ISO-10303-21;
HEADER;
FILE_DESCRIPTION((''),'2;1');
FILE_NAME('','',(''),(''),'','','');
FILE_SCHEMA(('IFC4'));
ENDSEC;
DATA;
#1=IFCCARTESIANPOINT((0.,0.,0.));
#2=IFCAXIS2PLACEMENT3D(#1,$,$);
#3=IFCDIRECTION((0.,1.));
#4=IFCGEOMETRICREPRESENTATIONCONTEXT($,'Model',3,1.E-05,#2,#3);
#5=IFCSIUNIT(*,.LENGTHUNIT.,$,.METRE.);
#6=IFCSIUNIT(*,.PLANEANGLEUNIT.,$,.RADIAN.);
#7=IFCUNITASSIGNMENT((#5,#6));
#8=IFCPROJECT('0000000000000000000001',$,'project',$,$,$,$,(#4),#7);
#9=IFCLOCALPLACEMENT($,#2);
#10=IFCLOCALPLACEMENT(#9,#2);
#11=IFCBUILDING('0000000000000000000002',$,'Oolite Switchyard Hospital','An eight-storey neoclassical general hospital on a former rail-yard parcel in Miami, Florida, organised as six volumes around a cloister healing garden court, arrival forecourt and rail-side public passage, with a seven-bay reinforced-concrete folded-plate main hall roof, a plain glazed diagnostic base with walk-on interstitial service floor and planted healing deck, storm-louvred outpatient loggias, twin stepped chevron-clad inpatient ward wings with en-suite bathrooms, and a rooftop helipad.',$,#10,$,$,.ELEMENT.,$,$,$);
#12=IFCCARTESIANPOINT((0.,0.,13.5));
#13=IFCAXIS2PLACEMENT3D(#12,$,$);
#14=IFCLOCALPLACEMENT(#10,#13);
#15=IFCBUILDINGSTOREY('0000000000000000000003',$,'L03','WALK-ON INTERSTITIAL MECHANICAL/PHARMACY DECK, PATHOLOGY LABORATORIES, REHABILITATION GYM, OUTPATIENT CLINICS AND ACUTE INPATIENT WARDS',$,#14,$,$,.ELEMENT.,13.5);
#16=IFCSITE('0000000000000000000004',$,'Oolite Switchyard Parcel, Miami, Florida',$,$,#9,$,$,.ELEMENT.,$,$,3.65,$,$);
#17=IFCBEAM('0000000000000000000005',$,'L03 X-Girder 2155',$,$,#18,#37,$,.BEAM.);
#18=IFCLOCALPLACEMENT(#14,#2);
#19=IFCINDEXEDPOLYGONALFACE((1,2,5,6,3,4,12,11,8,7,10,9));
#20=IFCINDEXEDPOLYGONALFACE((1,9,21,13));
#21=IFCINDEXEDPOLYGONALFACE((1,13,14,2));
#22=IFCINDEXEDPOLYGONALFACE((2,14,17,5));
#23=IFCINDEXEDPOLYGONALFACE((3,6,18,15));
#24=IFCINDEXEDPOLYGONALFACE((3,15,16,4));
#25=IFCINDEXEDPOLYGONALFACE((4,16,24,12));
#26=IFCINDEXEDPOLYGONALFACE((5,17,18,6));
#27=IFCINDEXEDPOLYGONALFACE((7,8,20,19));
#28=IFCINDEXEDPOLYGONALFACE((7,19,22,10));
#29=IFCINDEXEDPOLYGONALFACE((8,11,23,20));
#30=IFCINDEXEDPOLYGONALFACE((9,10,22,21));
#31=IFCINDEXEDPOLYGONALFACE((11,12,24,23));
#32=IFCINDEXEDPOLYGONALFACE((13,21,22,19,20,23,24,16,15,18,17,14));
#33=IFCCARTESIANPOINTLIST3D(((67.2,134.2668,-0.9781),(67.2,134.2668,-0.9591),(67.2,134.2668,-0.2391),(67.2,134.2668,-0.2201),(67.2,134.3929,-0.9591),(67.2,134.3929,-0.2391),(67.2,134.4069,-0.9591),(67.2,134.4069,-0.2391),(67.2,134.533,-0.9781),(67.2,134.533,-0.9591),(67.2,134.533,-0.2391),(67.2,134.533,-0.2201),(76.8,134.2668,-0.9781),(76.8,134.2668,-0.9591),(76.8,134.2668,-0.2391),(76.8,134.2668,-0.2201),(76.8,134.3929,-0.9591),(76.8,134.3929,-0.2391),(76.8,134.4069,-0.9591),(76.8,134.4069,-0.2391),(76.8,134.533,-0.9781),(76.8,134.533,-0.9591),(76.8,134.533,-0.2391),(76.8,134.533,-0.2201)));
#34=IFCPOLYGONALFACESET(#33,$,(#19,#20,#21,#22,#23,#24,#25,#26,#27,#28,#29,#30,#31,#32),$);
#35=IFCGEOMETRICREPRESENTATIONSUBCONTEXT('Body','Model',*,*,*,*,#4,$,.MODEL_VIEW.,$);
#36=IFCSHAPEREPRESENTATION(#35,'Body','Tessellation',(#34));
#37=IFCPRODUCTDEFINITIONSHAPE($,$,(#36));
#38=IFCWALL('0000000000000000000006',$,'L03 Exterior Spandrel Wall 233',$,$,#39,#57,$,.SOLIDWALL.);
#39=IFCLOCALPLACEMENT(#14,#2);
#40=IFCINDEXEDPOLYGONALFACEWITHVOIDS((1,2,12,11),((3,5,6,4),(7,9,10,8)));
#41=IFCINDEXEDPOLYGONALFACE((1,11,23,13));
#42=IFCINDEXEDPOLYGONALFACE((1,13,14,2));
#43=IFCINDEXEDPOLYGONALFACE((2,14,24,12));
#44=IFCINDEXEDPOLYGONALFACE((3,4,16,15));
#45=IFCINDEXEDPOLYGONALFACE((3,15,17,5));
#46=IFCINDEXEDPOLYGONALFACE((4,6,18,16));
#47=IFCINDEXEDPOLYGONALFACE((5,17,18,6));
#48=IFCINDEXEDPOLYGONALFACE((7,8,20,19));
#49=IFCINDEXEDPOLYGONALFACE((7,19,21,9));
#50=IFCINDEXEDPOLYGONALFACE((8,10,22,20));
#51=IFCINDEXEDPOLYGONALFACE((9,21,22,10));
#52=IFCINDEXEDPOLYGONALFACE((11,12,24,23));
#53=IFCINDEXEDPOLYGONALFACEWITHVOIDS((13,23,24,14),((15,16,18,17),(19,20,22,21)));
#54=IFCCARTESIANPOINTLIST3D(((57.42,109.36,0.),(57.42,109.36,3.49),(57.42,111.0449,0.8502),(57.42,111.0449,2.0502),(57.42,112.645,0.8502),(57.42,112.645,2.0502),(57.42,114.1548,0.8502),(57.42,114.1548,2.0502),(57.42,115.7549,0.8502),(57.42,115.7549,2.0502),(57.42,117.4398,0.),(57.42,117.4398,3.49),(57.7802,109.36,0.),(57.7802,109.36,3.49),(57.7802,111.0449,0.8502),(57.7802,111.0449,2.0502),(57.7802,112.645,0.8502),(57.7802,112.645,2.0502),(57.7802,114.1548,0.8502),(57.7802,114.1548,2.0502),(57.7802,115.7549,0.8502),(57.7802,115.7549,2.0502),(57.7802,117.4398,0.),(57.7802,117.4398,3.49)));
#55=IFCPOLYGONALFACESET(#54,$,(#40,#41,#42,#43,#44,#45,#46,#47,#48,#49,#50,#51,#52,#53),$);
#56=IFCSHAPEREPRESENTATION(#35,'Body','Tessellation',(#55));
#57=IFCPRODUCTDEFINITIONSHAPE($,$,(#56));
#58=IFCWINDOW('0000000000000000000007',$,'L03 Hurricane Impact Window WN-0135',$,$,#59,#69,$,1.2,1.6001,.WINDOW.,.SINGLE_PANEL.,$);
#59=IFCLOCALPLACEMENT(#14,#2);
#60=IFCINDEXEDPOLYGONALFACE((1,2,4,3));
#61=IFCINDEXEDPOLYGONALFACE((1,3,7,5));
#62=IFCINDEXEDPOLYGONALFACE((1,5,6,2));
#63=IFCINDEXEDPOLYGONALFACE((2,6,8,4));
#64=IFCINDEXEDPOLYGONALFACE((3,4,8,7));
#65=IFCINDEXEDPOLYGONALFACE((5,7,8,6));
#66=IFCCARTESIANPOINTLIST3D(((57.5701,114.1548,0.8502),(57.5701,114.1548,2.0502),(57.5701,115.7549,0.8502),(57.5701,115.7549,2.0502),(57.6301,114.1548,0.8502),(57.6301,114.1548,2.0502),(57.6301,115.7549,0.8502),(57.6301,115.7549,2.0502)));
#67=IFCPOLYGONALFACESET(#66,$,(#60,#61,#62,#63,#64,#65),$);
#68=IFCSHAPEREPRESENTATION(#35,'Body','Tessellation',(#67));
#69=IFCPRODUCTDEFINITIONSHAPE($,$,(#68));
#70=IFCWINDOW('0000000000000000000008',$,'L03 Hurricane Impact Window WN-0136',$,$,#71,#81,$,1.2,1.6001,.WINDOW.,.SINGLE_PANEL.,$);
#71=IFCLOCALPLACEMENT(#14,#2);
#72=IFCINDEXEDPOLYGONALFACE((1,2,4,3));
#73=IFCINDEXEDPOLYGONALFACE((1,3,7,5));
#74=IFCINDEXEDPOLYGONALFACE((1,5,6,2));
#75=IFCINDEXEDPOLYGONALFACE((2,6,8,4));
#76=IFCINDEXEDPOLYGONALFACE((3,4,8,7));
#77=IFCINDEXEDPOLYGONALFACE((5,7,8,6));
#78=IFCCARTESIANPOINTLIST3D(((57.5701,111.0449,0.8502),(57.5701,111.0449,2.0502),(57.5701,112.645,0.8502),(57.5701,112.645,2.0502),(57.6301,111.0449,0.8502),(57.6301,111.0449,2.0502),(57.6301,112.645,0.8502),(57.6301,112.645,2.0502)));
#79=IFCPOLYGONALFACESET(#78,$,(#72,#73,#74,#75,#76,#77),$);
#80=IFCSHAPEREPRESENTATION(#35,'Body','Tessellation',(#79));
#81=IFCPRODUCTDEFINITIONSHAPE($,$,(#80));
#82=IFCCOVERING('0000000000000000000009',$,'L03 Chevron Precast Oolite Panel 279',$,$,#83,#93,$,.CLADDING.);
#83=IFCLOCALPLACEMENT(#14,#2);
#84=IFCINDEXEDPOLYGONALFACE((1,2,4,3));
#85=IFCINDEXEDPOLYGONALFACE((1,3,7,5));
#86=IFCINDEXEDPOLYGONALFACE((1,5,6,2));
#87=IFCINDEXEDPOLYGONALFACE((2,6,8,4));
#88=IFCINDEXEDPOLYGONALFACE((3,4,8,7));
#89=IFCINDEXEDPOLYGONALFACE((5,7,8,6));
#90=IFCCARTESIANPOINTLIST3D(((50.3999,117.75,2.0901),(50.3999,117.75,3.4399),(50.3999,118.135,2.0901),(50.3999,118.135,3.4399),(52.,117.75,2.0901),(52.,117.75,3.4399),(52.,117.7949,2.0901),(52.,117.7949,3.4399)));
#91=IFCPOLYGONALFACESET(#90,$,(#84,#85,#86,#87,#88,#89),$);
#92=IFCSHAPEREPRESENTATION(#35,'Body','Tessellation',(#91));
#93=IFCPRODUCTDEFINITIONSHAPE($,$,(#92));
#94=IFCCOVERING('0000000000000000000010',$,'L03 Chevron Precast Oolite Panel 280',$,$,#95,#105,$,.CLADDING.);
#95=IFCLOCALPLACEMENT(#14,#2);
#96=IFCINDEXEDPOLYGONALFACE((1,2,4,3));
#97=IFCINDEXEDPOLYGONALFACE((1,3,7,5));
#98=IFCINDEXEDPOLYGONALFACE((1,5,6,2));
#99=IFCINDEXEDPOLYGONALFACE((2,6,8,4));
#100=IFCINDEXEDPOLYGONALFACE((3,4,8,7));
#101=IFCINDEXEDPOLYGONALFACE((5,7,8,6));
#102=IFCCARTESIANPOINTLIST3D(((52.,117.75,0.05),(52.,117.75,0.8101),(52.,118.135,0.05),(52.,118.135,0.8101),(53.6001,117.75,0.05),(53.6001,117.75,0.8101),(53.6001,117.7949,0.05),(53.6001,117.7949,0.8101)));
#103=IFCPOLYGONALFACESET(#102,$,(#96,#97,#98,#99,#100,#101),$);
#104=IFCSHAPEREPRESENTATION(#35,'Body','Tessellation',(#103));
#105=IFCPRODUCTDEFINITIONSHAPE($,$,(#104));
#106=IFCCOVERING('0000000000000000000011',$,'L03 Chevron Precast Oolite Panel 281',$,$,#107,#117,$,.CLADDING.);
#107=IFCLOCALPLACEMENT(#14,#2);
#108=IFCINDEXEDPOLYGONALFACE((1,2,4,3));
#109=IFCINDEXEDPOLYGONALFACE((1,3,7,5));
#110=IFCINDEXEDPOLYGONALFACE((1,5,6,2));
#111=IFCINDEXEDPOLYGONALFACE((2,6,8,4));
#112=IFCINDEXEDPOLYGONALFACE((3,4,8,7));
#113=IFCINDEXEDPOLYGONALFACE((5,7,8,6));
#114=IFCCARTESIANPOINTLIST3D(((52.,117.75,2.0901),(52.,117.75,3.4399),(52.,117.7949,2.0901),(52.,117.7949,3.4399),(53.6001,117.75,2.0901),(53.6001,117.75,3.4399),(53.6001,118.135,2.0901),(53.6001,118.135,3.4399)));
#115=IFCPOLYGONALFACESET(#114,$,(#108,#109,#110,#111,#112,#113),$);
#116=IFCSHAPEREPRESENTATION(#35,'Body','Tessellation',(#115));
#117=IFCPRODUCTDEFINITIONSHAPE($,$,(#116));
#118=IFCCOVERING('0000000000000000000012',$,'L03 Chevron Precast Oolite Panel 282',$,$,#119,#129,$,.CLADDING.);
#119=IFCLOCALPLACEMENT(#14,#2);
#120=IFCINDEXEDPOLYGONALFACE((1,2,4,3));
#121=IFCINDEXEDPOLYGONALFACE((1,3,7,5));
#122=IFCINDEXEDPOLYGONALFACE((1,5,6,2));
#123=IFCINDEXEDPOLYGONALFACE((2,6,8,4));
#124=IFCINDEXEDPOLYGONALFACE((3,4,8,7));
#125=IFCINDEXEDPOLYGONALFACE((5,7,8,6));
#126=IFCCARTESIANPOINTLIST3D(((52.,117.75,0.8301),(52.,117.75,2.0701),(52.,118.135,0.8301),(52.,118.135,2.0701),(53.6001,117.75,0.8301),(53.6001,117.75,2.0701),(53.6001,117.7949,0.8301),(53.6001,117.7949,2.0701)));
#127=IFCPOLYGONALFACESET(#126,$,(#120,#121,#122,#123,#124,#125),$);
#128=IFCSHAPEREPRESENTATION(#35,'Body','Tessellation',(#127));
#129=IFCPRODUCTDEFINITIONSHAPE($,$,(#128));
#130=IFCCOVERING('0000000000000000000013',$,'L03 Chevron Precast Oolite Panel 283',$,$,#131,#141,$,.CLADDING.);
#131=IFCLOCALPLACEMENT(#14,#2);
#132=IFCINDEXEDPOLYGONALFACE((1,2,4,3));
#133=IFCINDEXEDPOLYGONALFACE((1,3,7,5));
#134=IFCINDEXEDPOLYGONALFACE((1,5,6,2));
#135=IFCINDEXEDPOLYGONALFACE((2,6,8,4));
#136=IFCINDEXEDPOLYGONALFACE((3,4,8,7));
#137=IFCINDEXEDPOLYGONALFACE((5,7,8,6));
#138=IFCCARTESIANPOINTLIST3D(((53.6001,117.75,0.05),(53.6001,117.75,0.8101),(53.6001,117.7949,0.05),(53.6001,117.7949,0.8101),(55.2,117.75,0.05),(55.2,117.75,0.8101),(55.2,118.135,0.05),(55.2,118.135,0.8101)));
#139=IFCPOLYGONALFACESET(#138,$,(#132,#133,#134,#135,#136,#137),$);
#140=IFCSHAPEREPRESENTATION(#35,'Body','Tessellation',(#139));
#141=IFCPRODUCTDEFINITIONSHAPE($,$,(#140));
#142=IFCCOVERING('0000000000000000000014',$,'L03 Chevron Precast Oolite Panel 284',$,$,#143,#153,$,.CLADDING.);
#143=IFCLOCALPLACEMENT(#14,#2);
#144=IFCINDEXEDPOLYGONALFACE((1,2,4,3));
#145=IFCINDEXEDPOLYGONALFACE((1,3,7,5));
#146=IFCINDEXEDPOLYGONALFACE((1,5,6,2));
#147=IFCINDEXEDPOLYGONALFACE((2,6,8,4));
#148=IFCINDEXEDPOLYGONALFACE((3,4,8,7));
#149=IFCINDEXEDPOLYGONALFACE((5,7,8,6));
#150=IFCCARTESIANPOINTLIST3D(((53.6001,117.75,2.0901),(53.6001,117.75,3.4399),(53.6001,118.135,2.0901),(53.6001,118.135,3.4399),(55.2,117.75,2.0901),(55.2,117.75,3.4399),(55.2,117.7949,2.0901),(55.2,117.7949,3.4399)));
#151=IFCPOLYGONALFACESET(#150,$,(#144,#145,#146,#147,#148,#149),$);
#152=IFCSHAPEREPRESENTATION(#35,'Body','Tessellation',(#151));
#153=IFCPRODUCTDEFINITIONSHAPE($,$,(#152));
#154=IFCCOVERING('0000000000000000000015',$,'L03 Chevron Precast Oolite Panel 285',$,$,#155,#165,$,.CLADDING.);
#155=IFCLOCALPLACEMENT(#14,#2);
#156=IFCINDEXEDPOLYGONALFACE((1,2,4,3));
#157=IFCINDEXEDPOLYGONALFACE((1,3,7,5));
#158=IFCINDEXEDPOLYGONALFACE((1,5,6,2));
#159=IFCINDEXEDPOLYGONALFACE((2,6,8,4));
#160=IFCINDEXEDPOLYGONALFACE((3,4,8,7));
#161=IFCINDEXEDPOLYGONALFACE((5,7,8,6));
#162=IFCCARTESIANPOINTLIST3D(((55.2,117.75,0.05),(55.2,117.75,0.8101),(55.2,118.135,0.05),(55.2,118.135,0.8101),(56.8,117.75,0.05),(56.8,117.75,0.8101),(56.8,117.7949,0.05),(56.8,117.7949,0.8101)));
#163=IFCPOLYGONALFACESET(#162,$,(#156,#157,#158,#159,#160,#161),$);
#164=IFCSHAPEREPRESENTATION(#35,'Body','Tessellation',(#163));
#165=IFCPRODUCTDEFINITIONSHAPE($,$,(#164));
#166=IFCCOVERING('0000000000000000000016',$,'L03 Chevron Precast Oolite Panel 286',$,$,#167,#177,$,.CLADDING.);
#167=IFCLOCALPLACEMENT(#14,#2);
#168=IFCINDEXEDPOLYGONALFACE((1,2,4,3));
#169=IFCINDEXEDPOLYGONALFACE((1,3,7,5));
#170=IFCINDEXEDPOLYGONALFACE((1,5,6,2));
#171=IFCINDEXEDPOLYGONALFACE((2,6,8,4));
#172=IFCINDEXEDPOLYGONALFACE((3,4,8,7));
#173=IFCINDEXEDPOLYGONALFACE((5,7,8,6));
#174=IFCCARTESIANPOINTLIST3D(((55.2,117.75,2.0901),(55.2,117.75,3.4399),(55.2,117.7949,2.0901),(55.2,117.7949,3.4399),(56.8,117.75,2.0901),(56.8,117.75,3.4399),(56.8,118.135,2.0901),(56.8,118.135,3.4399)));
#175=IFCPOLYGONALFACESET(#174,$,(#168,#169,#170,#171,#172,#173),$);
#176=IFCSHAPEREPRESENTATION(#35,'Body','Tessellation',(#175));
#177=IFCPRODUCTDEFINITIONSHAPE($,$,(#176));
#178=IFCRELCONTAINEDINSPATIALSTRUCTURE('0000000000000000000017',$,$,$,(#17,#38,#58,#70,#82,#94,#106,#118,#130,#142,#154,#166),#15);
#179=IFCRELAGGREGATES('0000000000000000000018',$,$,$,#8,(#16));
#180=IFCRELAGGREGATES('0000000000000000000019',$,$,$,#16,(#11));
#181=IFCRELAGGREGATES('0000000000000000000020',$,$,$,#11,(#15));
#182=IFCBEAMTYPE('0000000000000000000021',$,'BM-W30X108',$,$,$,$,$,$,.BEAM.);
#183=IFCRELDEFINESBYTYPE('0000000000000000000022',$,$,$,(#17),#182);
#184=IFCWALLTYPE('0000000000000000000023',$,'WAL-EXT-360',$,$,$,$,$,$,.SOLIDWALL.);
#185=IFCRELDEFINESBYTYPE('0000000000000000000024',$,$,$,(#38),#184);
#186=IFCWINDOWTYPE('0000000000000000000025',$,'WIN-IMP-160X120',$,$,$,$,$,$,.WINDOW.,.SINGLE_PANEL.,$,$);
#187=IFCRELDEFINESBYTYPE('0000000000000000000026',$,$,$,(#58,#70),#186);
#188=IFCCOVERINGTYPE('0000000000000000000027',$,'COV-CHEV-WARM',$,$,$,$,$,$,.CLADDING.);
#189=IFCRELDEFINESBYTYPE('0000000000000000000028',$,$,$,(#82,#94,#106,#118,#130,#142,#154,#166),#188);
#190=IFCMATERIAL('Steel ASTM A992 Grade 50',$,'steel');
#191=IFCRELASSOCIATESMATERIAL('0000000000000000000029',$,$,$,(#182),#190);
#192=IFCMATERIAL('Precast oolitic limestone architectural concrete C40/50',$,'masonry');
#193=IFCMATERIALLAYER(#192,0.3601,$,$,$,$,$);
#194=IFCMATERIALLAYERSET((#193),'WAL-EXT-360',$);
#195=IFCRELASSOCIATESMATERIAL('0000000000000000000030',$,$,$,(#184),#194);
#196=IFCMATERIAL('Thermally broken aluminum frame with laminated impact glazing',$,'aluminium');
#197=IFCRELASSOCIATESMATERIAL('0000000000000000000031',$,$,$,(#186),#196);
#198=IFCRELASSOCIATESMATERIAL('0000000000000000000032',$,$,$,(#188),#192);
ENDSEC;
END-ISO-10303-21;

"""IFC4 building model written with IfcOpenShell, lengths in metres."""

from ifc_helpers import new_model, si_unit, direction, frame, frame_2d, origin, origin_2d, place, context, subcontext, project, spatial, polyline, rectangle, i_section, outline, extrude, material, layer, layer_set, material_profile, profile_set, type_object, element, fill, save


model = new_model("IFC4")

# Units and contexts
model_context = context("Model", 3, precision=1e-05, world=origin(), true_north=direction((0.0, 1.0)))
body_context = subcontext(model_context, "Body", "Model", "MODEL_VIEW")
ifc_project = project(units=[si_unit("LENGTHUNIT", "METRE"), si_unit("PLANEANGLEUNIT", "RADIAN")], contexts=[model_context])

# Site, building, storey
site_placement = place(None, origin())
site = spatial("IfcSite", under=ifc_project, at=site_placement, Name="Oolite Switchyard Parcel, Miami, Florida", CompositionType="ELEMENT", RefElevation=3.65)
building_placement = place(site_placement, origin())
building = spatial("IfcBuilding", under=site, at=building_placement, Name="Oolite Switchyard Hospital", Description="An eight-storey neoclassical general hospital on a former rail-yard parcel in Miami, Florida, organised as six volumes around a cloister healing garden court, arrival forecourt and rail-side public passage, with a seven-bay reinforced-concrete folded-plate main hall roof, a plain glazed diagnostic base with walk-on interstitial service floor and planted healing deck, storm-louvred outpatient loggias, twin stepped chevron-clad inpatient ward wings with en-suite bathrooms, and a rooftop helipad.", CompositionType="ELEMENT")
storey_placement = place(building_placement, frame((0.0, 0.0, 13.5)))
storey = spatial("IfcBuildingStorey", under=building, at=storey_placement, Name="L03", Description="WALK-ON INTERSTITIAL MECHANICAL/PHARMACY DECK, PATHOLOGY LABORATORIES, REHABILITATION GYM, OUTPATIENT CLINICS AND ACUTE INPATIENT WARDS", CompositionType="ELEMENT", Elevation=13.5)

# Beam
ifc_material_1 = material(Name="Steel ASTM A992 Grade 50", Category="steel")
ifc_material_profile_1 = material_profile(ifc_material_1, i_section(OverallWidth=0.2661, OverallDepth=0.7581, WebThickness=0.0139, FlangeThickness=0.019, at=origin_2d()), Name="W30X108")
ifc_profile_set_1 = profile_set([ifc_material_profile_1], Name="Steel ASTM A992 Grade 50")
beam_type_1 = type_object("IfcBeamType", Name="BM-W30X108", PredefinedType="BEAM", material=ifc_profile_set_1)
beam_1_placement = place(storey_placement, frame((67.2, 134.3999, -0.5991), z_axis=(1.0, 0.0, 0.0), x_axis=(0.0, 1.0, 0.0)))
element("IfcBeam", 1, at=beam_1_placement, inside=storey, type_object=beam_type_1, Name="L03 X-Girder 2155", PredefinedType="BEAM", context=body_context, shape_type="SweptSolid", body=[
    extrude(i_section(OverallWidth=0.2661, OverallDepth=0.7581, WebThickness=0.0139, FlangeThickness=0.019, at=origin_2d()), origin(), (0.0, 0.0, 1.0), 9.6001),
])

# Wall, openings, windows
ifc_material_2 = material(Name="Precast oolitic limestone architectural concrete C40/50", Category="masonry")
ifc_layer = layer(ifc_material_2, 0.3601)
ifc_layer_set = layer_set([ifc_layer], Name="WAL-EXT-360")
wall_type = type_object("IfcWallType", Name="WAL-EXT-360", PredefinedType="SOLIDWALL", material=ifc_layer_set)
wall_placement = place(storey_placement, frame((57.6001, 117.4399, 0.0), z_axis=(0.0, 0.0, 1.0), x_axis=(0.0, -1.0, 0.0)))
wall = element("IfcWall", 2, at=wall_placement, inside=storey, type_object=wall_type, Name="L03 Exterior Spandrel Wall 233", PredefinedType="SOLIDWALL", context=body_context, shape_type="SweptSolid", body=[
    extrude(rectangle(XDim=8.0798, YDim=0.3601, at=frame_2d((4.04, 0.0))), origin(), (0.0, 0.0, 1.0), 3.49),
])
opening_1_placement = place(wall_placement, frame((1.6851, 0.0, 0.8501)))
opening_1 = element("IfcOpeningElement", 3, at=opening_1_placement, cuts=wall, PredefinedType="OPENING", context=body_context, shape_type="SweptSolid", body=[
    extrude(rectangle(XDim=1.6001, YDim=1.2, at=frame_2d((0.8, 0.6001))), frame((0.0, 0.1899, 0.0), z_axis=(0.0, -1.0, 0.0), x_axis=(1.0, 0.0, 0.0)), (0.0, 0.0, 1.0), 0.3801),
])
opening_2_placement = place(wall_placement, frame((4.7949, 0.0, 0.8501)))
opening_2 = element("IfcOpeningElement", 4, at=opening_2_placement, cuts=wall, PredefinedType="OPENING", context=body_context, shape_type="SweptSolid", body=[
    extrude(rectangle(XDim=1.6001, YDim=1.2, at=frame_2d((0.8, 0.6001))), frame((0.0, 0.1899, 0.0), z_axis=(0.0, -1.0, 0.0), x_axis=(1.0, 0.0, 0.0)), (0.0, 0.0, 1.0), 0.3801),
])
ifc_material_3 = material(Name="Thermally broken aluminum frame with laminated impact glazing", Category="aluminium")
window_type = type_object("IfcWindowType", Name="WIN-IMP-160X120", PartitioningType="SINGLE_PANEL", PredefinedType="WINDOW", material=ifc_material_3)
window_1_placement = place(opening_1_placement, origin())
window_1 = element("IfcWindow", 5, at=window_1_placement, inside=storey, type_object=window_type, Name="L03 Hurricane Impact Window WN-0135", OverallHeight=1.2, OverallWidth=1.6001, PartitioningType="SINGLE_PANEL", PredefinedType="WINDOW", context=body_context, shape_type="SweptSolid", body=[
    extrude(rectangle(XDim=1.6001, YDim=1.2, at=frame_2d((0.8, 0.6001))), frame((0.0, 0.03, 0.0), z_axis=(0.0, -1.0, 0.0), x_axis=(1.0, 0.0, 0.0)), (0.0, 0.0, 1.0), 0.0601),
])
fill(opening_1, window_1)
window_2_placement = place(opening_2_placement, origin())
window_2 = element("IfcWindow", 6, at=window_2_placement, inside=storey, type_object=window_type, Name="L03 Hurricane Impact Window WN-0136", OverallHeight=1.2, OverallWidth=1.6001, PartitioningType="SINGLE_PANEL", PredefinedType="WINDOW", context=body_context, shape_type="SweptSolid", body=[
    extrude(rectangle(XDim=1.6001, YDim=1.2, at=frame_2d((0.8, 0.6001))), frame((0.0, 0.03, 0.0), z_axis=(0.0, -1.0, 0.0), x_axis=(1.0, 0.0, 0.0)), (0.0, 0.0, 1.0), 0.0601),
])
fill(opening_2, window_2)

# Coverings
covering_type = type_object("IfcCoveringType", Name="COV-CHEV-WARM", PredefinedType="CLADDING", material=ifc_material_2)
covering_1_placement = place(storey_placement, frame((50.3999, 117.75, 2.0901), z_axis=(0.0, 0.0, 1.0), x_axis=(1.0, 0.0, 0.0)))
element("IfcCovering", 7, at=covering_1_placement, inside=storey, type_object=covering_type, Name="L03 Chevron Precast Oolite Panel 279", PredefinedType="CLADDING", context=body_context, shape_type="SweptSolid", body=[
    extrude(outline(polyline([(0.0, 0.0), (1.6001, 0.0), (1.6001, 0.0449), (0.0, 0.385), (0.0, 0.0)])), origin(), (0.0, 0.0, 1.0), 1.3499),
])
covering_2_placement = place(storey_placement, frame((52.0, 117.75, 0.05), z_axis=(0.0, 0.0, 1.0), x_axis=(1.0, 0.0, 0.0)))
element("IfcCovering", 8, at=covering_2_placement, inside=storey, type_object=covering_type, Name="L03 Chevron Precast Oolite Panel 280", PredefinedType="CLADDING", context=body_context, shape_type="SweptSolid", body=[
    extrude(outline(polyline([(0.0, 0.0), (1.6001, 0.0), (1.6001, 0.0449), (0.0, 0.385), (0.0, 0.0)])), origin(), (0.0, 0.0, 1.0), 0.76),
])
covering_3_placement = place(storey_placement, frame((52.0, 117.75, 2.0901), z_axis=(0.0, 0.0, 1.0), x_axis=(1.0, 0.0, 0.0)))
element("IfcCovering", 9, at=covering_3_placement, inside=storey, type_object=covering_type, Name="L03 Chevron Precast Oolite Panel 281", PredefinedType="CLADDING", context=body_context, shape_type="SweptSolid", body=[
    extrude(outline(polyline([(0.0, 0.0), (1.6001, 0.0), (1.6001, 0.385), (0.0, 0.0449), (0.0, 0.0)])), origin(), (0.0, 0.0, 1.0), 1.3499),
])
covering_4_placement = place(storey_placement, frame((52.0, 117.75, 0.8301), z_axis=(0.0, 0.0, 1.0), x_axis=(1.0, 0.0, 0.0)))
element("IfcCovering", 10, at=covering_4_placement, inside=storey, type_object=covering_type, Name="L03 Chevron Precast Oolite Panel 282", PredefinedType="CLADDING", context=body_context, shape_type="SweptSolid", body=[
    extrude(outline(polyline([(0.0, 0.0), (1.6001, 0.0), (1.6001, 0.0449), (0.0, 0.385), (0.0, 0.0)])), origin(), (0.0, 0.0, 1.0), 1.24),
])
covering_5_placement = place(storey_placement, frame((53.6001, 117.75, 0.05), z_axis=(0.0, 0.0, 1.0), x_axis=(1.0, 0.0, 0.0)))
element("IfcCovering", 11, at=covering_5_placement, inside=storey, type_object=covering_type, Name="L03 Chevron Precast Oolite Panel 283", PredefinedType="CLADDING", context=body_context, shape_type="SweptSolid", body=[
    extrude(outline(polyline([(0.0, 0.0), (1.5999, 0.0), (1.5999, 0.385), (0.0, 0.0449), (0.0, 0.0)])), origin(), (0.0, 0.0, 1.0), 0.76),
])
covering_6_placement = place(storey_placement, frame((53.6001, 117.75, 2.0901), z_axis=(0.0, 0.0, 1.0), x_axis=(1.0, 0.0, 0.0)))
element("IfcCovering", 12, at=covering_6_placement, inside=storey, type_object=covering_type, Name="L03 Chevron Precast Oolite Panel 284", PredefinedType="CLADDING", context=body_context, shape_type="SweptSolid", body=[
    extrude(outline(polyline([(0.0, 0.0), (1.5999, 0.0), (1.5999, 0.0449), (0.0, 0.385), (0.0, 0.0)])), origin(), (0.0, 0.0, 1.0), 1.3499),
])
covering_7_placement = place(storey_placement, frame((55.2, 117.75, 0.05), z_axis=(0.0, 0.0, 1.0), x_axis=(1.0, 0.0, 0.0)))
element("IfcCovering", 13, at=covering_7_placement, inside=storey, type_object=covering_type, Name="L03 Chevron Precast Oolite Panel 285", PredefinedType="CLADDING", context=body_context, shape_type="SweptSolid", body=[
    extrude(outline(polyline([(0.0, 0.0), (1.6001, 0.0), (1.6001, 0.0449), (0.0, 0.385), (0.0, 0.0)])), origin(), (0.0, 0.0, 1.0), 0.76),
])
for number, where, z_axis, x_axis, name in (
    (14, (55.2, 117.75, 2.0901), (0.0, 0.0, 1.0), (1.0, 0.0, 0.0), "L03 Chevron Precast Oolite Panel 286"),
):
    element("IfcCovering", number, at=place(storey_placement, frame(where, z_axis=z_axis, x_axis=x_axis)), inside=storey, type_object=covering_type, Name=name, PredefinedType="CLADDING", context=body_context, shape_type="SweptSolid", body=[
        extrude(outline(polyline([(0.0, 0.0), (1.6001, 0.0), (1.6001, 0.385), (0.0, 0.0449), (0.0, 0.0)])), origin(), (0.0, 0.0, 1.0), 1.3499),
    ])

save(model, "model.ifc")
